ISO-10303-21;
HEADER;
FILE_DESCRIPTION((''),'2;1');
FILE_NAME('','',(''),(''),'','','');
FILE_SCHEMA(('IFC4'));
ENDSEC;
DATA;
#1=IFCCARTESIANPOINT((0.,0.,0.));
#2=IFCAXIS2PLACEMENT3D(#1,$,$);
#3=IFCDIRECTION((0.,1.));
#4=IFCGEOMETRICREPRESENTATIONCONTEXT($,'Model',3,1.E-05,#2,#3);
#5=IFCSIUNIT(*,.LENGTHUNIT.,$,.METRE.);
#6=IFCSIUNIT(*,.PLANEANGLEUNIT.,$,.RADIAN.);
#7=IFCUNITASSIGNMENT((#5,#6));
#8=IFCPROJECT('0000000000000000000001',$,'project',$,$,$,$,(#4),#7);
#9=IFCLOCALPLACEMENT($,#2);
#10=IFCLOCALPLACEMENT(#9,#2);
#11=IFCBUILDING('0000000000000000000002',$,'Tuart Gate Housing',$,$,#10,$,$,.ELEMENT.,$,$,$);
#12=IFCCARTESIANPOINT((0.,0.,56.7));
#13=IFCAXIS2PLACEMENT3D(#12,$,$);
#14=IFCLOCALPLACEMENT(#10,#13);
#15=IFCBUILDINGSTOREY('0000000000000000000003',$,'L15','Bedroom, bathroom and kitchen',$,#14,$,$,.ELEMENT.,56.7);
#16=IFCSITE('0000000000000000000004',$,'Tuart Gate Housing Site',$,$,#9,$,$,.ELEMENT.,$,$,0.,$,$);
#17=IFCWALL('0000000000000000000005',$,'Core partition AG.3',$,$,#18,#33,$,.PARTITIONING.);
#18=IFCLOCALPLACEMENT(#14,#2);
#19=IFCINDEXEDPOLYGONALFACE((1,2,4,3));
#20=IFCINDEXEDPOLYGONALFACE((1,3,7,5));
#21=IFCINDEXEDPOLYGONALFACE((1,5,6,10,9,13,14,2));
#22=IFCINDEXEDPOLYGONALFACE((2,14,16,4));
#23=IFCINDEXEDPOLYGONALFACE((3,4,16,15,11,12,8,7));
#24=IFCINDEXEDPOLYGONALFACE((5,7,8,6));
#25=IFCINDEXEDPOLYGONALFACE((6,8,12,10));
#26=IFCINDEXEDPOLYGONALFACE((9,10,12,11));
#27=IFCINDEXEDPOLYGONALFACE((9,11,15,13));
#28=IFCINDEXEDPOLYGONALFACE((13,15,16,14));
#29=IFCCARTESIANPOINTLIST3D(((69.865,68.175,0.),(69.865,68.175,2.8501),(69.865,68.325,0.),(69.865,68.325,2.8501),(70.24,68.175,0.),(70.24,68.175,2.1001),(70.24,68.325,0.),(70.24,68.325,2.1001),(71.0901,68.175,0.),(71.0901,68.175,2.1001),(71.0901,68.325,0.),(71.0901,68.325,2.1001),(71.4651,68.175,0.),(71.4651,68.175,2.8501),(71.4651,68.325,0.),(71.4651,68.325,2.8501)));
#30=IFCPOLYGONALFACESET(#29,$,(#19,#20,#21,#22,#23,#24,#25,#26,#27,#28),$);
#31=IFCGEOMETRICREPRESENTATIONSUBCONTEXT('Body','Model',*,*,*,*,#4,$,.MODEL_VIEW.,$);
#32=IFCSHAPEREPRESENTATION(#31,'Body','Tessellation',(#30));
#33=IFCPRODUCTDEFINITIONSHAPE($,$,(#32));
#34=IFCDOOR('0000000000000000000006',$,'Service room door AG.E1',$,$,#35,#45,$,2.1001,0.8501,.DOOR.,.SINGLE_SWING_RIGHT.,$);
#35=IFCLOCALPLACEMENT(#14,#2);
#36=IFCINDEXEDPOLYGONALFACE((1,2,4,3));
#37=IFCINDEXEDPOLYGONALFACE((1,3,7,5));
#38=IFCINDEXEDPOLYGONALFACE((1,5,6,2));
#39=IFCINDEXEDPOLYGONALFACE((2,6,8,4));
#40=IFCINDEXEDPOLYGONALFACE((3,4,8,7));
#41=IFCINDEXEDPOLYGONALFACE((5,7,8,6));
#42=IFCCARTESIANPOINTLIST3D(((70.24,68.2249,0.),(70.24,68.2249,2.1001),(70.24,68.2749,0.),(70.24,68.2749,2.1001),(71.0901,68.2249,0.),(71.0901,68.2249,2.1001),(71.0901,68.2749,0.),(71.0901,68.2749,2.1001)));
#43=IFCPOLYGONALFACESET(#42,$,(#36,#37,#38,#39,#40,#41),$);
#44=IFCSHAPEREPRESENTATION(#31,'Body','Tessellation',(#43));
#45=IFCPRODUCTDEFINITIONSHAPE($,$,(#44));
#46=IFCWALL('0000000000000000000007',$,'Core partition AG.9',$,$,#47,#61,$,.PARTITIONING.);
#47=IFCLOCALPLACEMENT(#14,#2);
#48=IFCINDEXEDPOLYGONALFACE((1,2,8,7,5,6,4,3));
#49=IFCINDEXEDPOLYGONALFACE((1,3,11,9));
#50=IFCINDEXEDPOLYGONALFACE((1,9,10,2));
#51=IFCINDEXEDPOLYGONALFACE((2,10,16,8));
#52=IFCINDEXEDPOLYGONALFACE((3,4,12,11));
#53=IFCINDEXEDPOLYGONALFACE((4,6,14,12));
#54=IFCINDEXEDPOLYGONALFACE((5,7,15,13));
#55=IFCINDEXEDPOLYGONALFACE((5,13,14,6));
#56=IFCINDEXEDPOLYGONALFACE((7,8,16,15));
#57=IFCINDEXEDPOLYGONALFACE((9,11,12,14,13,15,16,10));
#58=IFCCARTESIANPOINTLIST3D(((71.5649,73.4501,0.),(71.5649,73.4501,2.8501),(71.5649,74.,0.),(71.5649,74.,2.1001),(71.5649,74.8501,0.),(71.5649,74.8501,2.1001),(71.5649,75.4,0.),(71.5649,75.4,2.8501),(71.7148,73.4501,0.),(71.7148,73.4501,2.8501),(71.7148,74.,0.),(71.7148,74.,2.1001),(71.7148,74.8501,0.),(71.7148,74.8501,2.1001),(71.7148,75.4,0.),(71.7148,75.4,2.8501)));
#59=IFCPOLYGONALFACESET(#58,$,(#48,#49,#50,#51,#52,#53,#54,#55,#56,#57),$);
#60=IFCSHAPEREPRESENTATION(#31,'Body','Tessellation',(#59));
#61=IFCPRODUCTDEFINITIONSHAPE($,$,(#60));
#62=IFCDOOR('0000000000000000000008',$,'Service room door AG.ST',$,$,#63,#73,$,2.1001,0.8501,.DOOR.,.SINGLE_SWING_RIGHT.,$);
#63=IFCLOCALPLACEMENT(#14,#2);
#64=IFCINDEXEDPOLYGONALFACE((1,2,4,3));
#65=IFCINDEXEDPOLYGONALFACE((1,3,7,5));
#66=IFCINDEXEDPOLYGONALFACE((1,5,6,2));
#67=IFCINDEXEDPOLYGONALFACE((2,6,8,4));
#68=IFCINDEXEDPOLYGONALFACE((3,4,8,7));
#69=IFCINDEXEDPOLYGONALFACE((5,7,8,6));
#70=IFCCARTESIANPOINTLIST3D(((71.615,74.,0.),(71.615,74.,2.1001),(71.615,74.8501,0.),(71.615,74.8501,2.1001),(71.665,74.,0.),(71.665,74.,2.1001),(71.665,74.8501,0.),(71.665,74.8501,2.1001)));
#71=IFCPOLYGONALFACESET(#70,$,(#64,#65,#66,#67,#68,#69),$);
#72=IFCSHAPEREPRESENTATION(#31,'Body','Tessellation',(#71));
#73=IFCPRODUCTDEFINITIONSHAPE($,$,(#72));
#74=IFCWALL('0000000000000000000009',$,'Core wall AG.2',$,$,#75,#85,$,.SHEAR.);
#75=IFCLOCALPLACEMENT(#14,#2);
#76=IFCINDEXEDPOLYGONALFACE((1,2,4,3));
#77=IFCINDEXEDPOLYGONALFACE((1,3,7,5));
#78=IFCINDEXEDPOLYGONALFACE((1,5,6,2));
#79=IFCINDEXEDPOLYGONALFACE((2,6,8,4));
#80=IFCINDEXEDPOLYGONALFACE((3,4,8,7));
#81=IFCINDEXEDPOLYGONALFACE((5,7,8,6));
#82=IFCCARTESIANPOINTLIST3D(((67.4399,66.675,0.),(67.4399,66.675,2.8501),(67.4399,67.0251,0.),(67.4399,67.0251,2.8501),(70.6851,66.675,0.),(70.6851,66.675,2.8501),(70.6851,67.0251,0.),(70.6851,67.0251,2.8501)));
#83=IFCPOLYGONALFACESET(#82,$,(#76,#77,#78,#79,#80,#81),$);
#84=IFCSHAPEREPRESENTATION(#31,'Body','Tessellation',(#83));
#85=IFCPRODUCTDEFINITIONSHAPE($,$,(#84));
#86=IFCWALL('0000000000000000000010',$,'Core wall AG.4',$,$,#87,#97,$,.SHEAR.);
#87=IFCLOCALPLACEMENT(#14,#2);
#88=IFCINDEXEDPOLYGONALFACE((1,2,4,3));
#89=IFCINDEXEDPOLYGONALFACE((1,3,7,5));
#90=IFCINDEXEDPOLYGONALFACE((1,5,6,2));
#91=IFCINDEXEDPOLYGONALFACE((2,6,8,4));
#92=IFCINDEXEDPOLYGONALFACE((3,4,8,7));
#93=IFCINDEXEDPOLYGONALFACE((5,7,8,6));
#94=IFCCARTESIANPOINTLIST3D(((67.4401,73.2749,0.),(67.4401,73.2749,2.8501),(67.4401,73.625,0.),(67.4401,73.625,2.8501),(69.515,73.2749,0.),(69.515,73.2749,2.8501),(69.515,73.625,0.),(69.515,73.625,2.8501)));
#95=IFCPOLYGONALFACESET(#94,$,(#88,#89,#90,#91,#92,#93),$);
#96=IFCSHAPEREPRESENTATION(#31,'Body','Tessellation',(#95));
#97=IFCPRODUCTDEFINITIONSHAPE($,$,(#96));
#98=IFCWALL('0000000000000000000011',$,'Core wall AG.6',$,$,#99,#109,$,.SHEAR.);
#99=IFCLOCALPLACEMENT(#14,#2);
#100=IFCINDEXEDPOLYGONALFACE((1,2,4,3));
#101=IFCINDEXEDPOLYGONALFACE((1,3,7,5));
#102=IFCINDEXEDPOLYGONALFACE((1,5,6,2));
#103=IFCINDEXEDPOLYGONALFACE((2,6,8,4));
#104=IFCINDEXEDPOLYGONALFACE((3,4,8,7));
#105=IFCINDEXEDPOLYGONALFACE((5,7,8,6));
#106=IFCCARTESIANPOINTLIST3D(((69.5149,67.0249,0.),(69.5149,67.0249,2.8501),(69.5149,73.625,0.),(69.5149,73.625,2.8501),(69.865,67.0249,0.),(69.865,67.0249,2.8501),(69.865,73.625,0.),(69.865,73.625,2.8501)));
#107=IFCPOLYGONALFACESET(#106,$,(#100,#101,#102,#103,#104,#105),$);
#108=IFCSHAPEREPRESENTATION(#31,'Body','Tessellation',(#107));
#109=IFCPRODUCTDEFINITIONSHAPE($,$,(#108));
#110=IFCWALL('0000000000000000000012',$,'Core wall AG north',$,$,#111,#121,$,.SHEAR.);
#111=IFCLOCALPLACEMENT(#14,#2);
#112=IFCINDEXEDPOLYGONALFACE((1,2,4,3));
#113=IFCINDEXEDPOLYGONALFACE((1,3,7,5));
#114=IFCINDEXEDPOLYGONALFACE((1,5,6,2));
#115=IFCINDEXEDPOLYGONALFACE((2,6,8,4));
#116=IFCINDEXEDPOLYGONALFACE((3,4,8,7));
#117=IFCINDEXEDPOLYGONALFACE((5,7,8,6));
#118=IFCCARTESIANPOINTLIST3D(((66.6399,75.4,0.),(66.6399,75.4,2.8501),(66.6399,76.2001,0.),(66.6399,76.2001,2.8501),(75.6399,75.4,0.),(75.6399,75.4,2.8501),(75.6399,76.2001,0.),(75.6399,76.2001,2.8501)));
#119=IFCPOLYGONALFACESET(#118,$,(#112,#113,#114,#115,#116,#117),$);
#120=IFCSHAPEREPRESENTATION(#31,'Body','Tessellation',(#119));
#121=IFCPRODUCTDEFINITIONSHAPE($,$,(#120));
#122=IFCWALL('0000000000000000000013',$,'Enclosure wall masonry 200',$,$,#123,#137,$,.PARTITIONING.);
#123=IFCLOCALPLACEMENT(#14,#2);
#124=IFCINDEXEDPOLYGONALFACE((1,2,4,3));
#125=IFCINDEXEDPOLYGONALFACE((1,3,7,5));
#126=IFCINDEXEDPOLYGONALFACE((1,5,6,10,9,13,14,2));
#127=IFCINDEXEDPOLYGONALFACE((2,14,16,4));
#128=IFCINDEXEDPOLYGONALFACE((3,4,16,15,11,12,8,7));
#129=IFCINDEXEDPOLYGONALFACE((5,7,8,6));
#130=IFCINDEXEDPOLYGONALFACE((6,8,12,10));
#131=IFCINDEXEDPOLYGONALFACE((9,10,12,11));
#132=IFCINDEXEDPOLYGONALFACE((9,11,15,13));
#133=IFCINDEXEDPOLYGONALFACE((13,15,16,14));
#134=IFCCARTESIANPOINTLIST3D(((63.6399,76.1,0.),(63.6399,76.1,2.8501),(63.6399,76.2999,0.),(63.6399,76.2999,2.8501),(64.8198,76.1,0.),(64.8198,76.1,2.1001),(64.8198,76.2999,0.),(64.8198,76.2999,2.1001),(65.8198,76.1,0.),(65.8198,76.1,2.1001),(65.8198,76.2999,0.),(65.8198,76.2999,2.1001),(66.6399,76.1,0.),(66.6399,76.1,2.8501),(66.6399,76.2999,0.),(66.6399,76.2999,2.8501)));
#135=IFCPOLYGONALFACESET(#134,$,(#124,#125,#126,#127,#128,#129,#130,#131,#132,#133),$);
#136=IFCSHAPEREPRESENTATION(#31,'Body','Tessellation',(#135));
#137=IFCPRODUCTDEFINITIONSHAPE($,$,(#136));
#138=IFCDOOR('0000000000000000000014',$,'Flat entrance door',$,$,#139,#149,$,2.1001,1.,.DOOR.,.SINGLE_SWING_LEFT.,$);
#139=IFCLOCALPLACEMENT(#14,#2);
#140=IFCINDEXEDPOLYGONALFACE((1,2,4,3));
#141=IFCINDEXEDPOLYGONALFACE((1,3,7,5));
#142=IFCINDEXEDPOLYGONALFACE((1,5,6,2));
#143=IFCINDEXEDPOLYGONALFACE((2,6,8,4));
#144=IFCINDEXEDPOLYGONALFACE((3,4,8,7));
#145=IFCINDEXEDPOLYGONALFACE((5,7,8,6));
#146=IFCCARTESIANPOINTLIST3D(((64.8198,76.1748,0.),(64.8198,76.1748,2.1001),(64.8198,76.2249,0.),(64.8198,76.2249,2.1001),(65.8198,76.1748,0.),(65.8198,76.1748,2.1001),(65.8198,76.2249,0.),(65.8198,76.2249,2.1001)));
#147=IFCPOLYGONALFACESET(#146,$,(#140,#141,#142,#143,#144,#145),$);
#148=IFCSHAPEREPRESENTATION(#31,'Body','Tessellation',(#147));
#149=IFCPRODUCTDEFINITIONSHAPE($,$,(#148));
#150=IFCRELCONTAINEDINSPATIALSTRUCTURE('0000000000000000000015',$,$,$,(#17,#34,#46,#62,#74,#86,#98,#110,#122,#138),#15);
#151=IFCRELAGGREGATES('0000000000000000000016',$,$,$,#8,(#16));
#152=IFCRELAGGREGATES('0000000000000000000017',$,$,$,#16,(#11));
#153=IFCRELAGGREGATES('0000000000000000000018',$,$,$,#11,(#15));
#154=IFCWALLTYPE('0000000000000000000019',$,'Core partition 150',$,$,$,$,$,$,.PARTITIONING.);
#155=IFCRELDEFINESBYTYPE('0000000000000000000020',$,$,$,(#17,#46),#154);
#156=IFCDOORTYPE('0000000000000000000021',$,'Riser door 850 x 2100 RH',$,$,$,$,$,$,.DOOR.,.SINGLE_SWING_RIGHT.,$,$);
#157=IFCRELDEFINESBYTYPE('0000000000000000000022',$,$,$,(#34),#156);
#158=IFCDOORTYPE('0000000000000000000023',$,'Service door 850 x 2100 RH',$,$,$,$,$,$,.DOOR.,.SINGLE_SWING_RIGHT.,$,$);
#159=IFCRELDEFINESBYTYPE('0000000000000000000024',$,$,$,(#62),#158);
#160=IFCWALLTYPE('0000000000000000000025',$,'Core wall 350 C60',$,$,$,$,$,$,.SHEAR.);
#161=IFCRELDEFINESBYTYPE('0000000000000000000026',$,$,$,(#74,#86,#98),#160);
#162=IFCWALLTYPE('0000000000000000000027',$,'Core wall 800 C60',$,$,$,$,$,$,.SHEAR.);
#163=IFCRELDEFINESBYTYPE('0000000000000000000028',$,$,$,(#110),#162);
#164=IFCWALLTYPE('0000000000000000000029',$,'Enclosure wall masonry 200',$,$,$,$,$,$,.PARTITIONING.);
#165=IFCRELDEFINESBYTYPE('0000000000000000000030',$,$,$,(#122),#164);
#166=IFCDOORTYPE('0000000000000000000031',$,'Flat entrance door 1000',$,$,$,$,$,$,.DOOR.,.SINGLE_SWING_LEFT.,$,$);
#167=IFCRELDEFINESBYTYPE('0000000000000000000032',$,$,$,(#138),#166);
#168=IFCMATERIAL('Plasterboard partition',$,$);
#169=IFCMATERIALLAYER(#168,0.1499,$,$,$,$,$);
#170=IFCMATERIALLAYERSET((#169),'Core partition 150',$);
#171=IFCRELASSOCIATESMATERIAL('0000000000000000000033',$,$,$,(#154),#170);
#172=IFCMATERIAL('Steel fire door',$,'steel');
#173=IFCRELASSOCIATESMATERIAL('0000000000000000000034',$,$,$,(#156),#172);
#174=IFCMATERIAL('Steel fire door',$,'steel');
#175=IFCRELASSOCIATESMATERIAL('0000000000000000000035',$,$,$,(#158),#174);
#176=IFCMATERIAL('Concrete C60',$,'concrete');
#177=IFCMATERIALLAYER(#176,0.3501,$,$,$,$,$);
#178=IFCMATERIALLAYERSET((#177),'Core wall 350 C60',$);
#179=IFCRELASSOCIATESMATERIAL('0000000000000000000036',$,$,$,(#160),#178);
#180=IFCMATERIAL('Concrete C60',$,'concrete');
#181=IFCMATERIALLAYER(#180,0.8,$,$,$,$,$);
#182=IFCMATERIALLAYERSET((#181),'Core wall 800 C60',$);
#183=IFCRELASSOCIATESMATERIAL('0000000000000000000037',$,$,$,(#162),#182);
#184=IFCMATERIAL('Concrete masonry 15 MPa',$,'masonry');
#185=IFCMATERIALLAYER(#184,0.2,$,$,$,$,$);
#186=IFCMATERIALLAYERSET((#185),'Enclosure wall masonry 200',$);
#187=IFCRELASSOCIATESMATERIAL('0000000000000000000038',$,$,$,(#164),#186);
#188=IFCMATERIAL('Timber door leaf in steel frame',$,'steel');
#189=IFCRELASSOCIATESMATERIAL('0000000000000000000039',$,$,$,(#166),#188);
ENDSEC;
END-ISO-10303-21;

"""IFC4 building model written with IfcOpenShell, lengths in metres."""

from ifc_helpers import new_model, si_unit, direction, frame, frame_2d, origin, place, context, subcontext, project, spatial, rectangle, extrude, material, layer, layer_set, type_object, element, fill, save


model = new_model("IFC4")

# Units and contexts
model_context = context("Model", 3, precision=1e-05, world=origin(), true_north=direction((0.0, 1.0)))
body_context = subcontext(model_context, "Body", "Model", "MODEL_VIEW")
ifc_project = project(units=[si_unit("LENGTHUNIT", "METRE"), si_unit("PLANEANGLEUNIT", "RADIAN")], contexts=[model_context])

# Site, building, storey
site_placement = place(None, origin())
site = spatial("IfcSite", under=ifc_project, at=site_placement, Name="Tuart Gate Housing Site", CompositionType="ELEMENT", RefElevation=0.0)
building_placement = place(site_placement, origin())
building = spatial("IfcBuilding", under=site, at=building_placement, Name="Tuart Gate Housing", CompositionType="ELEMENT")
storey_placement = place(building_placement, frame((0.0, 0.0, 56.7)))
storey = spatial("IfcBuildingStorey", under=building, at=storey_placement, Name="L15", Description="Bedroom, bathroom and kitchen", CompositionType="ELEMENT", Elevation=56.7)

# Walls, openings, doors
ifc_material_1 = material(Name="Plasterboard partition")
ifc_layer_1 = layer(ifc_material_1, 0.1499)
ifc_layer_set_1 = layer_set([ifc_layer_1], Name="Core partition 150")
wall_type_1 = type_object("IfcWallType", Name="Core partition 150", PredefinedType="PARTITIONING", material=ifc_layer_set_1)
wall_1_placement = place(storey_placement, frame((69.865, 68.25, 0.0), z_axis=(0.0, 0.0, 1.0), x_axis=(1.0, 0.0, 0.0)))
wall_1 = element("IfcWall", 1, at=wall_1_placement, inside=storey, type_object=wall_type_1, Name="Core partition AG.3", PredefinedType="PARTITIONING", context=body_context, shape_type="SweptSolid", body=[
    extrude(rectangle(XDim=1.6001, YDim=0.1499, at=frame_2d((0.8, 0.0))), origin(), (0.0, 0.0, 1.0), 2.8501),
])
opening_1_placement = place(wall_1_placement, frame((0.375, 0.0, 0.0)))
opening_1 = element("IfcOpeningElement", 2, at=opening_1_placement, cuts=wall_1, PredefinedType="OPENING", context=body_context, shape_type="SweptSolid", body=[
    extrude(rectangle(XDim=0.8501, YDim=2.1001, at=frame_2d((0.425, 1.05))), frame((0.0, 0.085, 0.0), z_axis=(0.0, -1.0, 0.0), x_axis=(1.0, 0.0, 0.0)), (0.0, 0.0, 1.0), 0.1699),
])
ifc_material_2 = material(Name="Steel fire door", Category="steel")
door_type_1 = type_object("IfcDoorType", Name="Riser door 850 x 2100 RH", OperationType="SINGLE_SWING_RIGHT", PredefinedType="DOOR", material=ifc_material_2)
door_1_placement = place(opening_1_placement, frame((0.8501, 0.0, 0.0), z_axis=(0.0, 0.0, 1.0), x_axis=(-1.0, 0.0, 0.0)))
door_1 = element("IfcDoor", 3, at=door_1_placement, inside=storey, type_object=door_type_1, Name="Service room door AG.E1", OperationType="SINGLE_SWING_RIGHT", OverallHeight=2.1001, OverallWidth=0.8501, PredefinedType="DOOR", context=body_context, shape_type="SweptSolid", body=[
    extrude(rectangle(XDim=0.8501, YDim=2.1001, at=frame_2d((0.425, 1.05))), frame((0.0, 0.0251, 0.0), z_axis=(0.0, -1.0, 0.0), x_axis=(1.0, 0.0, 0.0)), (0.0, 0.0, 1.0), 0.05),
])
fill(opening_1, door_1)
wall_2_placement = place(storey_placement, frame((71.6399, 73.45, 0.0), z_axis=(0.0, 0.0, 1.0), x_axis=(0.0, 1.0, 0.0)))
wall_2 = element("IfcWall", 4, at=wall_2_placement, inside=storey, type_object=wall_type_1, Name="Core partition AG.9", PredefinedType="PARTITIONING", context=body_context, shape_type="SweptSolid", body=[
    extrude(rectangle(XDim=1.95, YDim=0.1499, at=frame_2d((0.9751, 0.0))), origin(), (0.0, 0.0, 1.0), 2.8501),
])
opening_2_placement = place(wall_2_placement, frame((0.55, 0.0, 0.0)))
opening_2 = element("IfcOpeningElement", 5, at=opening_2_placement, cuts=wall_2, PredefinedType="OPENING", context=body_context, shape_type="SweptSolid", body=[
    extrude(rectangle(XDim=0.8501, YDim=2.1001, at=frame_2d((0.425, 1.05))), frame((0.0, 0.085, 0.0), z_axis=(0.0, -1.0, 0.0), x_axis=(1.0, 0.0, 0.0)), (0.0, 0.0, 1.0), 0.1699),
])
ifc_material_3 = material(Name="Steel fire door", Category="steel")
door_type_2 = type_object("IfcDoorType", Name="Service door 850 x 2100 RH", OperationType="SINGLE_SWING_RIGHT", PredefinedType="DOOR", material=ifc_material_3)
door_2_placement = place(opening_2_placement, frame((0.8501, 0.0, 0.0), z_axis=(0.0, 0.0, 1.0), x_axis=(-1.0, 0.0, 0.0)))
door_2 = element("IfcDoor", 6, at=door_2_placement, inside=storey, type_object=door_type_2, Name="Service room door AG.ST", OperationType="SINGLE_SWING_RIGHT", OverallHeight=2.1001, OverallWidth=0.8501, PredefinedType="DOOR", context=body_context, shape_type="SweptSolid", body=[
    extrude(rectangle(XDim=0.8501, YDim=2.1001, at=frame_2d((0.425, 1.05))), frame((0.0, 0.0251, 0.0), z_axis=(0.0, -1.0, 0.0), x_axis=(1.0, 0.0, 0.0)), (0.0, 0.0, 1.0), 0.05),
])
fill(opening_2, door_2)

# Walls
ifc_material_4 = material(Name="Concrete C60", Category="concrete")
ifc_layer_2 = layer(ifc_material_4, 0.3501)
ifc_layer_set_2 = layer_set([ifc_layer_2], Name="Core wall 350 C60")
wall_type_2 = type_object("IfcWallType", Name="Core wall 350 C60", PredefinedType="SHEAR", material=ifc_layer_set_2)
wall_3_placement = place(storey_placement, frame((67.4399, 66.8501, 0.0), z_axis=(0.0, 0.0, 1.0), x_axis=(1.0, 0.0, 0.0)))
element("IfcWall", 7, at=wall_3_placement, inside=storey, type_object=wall_type_2, Name="Core wall AG.2", PredefinedType="SHEAR", context=body_context, shape_type="SweptSolid", body=[
    extrude(rectangle(XDim=3.2451, YDim=0.3501, at=frame_2d((1.6226, 0.0))), origin(), (0.0, 0.0, 1.0), 2.8501),
])
wall_4_placement = place(storey_placement, frame((67.4399, 73.45, 0.0), z_axis=(0.0, 0.0, 1.0), x_axis=(1.0, 0.0, 0.0)))
element("IfcWall", 8, at=wall_4_placement, inside=storey, type_object=wall_type_2, Name="Core wall AG.4", PredefinedType="SHEAR", context=body_context, shape_type="SweptSolid", body=[
    extrude(rectangle(XDim=2.075, YDim=0.3501, at=frame_2d((1.0376, 0.0))), origin(), (0.0, 0.0, 1.0), 2.8501),
])
wall_5_placement = place(storey_placement, frame((69.6899, 67.0249, 0.0), z_axis=(0.0, 0.0, 1.0), x_axis=(0.0, 1.0, 0.0)))
element("IfcWall", 9, at=wall_5_placement, inside=storey, type_object=wall_type_2, Name="Core wall AG.6", PredefinedType="SHEAR", context=body_context, shape_type="SweptSolid", body=[
    extrude(rectangle(XDim=6.6001, YDim=0.3501, at=frame_2d((3.3, 0.0))), origin(), (0.0, 0.0, 1.0), 2.8501),
])
ifc_material_5 = material(Name="Concrete C60", Category="concrete")
ifc_layer_3 = layer(ifc_material_5, 0.8)
ifc_layer_set_3 = layer_set([ifc_layer_3], Name="Core wall 800 C60")
wall_type_3 = type_object("IfcWallType", Name="Core wall 800 C60", PredefinedType="SHEAR", material=ifc_layer_set_3)
wall_6_placement = place(storey_placement, frame((66.6399, 75.8, 0.0), z_axis=(0.0, 0.0, 1.0), x_axis=(1.0, 0.0, 0.0)))
element("IfcWall", 10, at=wall_6_placement, inside=storey, type_object=wall_type_3, Name="Core wall AG north", PredefinedType="SHEAR", context=body_context, shape_type="SweptSolid", body=[
    extrude(rectangle(XDim=9.0, YDim=0.8, at=frame_2d((4.5, 0.0))), origin(), (0.0, 0.0, 1.0), 2.8501),
])

# Wall, opening, door
ifc_material_6 = material(Name="Concrete masonry 15 MPa", Category="masonry")
ifc_layer_4 = layer(ifc_material_6, 0.2)
ifc_layer_set_4 = layer_set([ifc_layer_4], Name="Enclosure wall masonry 200")
wall_type_4 = type_object("IfcWallType", Name="Enclosure wall masonry 200", PredefinedType="PARTITIONING", material=ifc_layer_set_4)
wall_7_placement = place(storey_placement, frame((63.6399, 76.2, 0.0), z_axis=(0.0, 0.0, 1.0), x_axis=(1.0, 0.0, 0.0)))
wall_7 = element("IfcWall", 11, at=wall_7_placement, inside=storey, type_object=wall_type_4, Name="Enclosure wall masonry 200", PredefinedType="PARTITIONING", context=body_context, shape_type="SweptSolid", body=[
    extrude(rectangle(XDim=3.0, YDim=0.2, at=frame_2d((1.5, 0.0))), origin(), (0.0, 0.0, 1.0), 2.8501),
])
opening_3_placement = place(wall_7_placement, frame((1.1799, 0.0, 0.0)))
opening_3 = element("IfcOpeningElement", 12, at=opening_3_placement, cuts=wall_7, PredefinedType="OPENING", context=body_context, shape_type="SweptSolid", body=[
    extrude(rectangle(XDim=1.0, YDim=2.1001, at=frame_2d((0.5, 1.05))), frame((0.0, 0.1099, 0.0), z_axis=(0.0, -1.0, 0.0), x_axis=(1.0, 0.0, 0.0)), (0.0, 0.0, 1.0), 0.22),
])
ifc_material_7 = material(Name="Timber door leaf in steel frame", Category="steel")
door_type_3 = type_object("IfcDoorType", Name="Flat entrance door 1000", OperationType="SINGLE_SWING_LEFT", PredefinedType="DOOR", material=ifc_material_7)
door_3_placement = place(opening_3_placement, origin())
door_3 = element("IfcDoor", 13, at=door_3_placement, inside=storey, type_object=door_type_3, Name="Flat entrance door", OperationType="SINGLE_SWING_LEFT", OverallHeight=2.1001, OverallWidth=1.0, PredefinedType="DOOR", context=body_context, shape_type="SweptSolid", body=[
    extrude(rectangle(XDim=1.0, YDim=2.1001, at=frame_2d((0.5, 1.05))), frame((0.0, 0.0249, 0.0), z_axis=(0.0, -1.0, 0.0), x_axis=(1.0, 0.0, 0.0)), (0.0, 0.0, 1.0), 0.05),
])
fill(opening_3, door_3)

save(model, "model.ifc")
